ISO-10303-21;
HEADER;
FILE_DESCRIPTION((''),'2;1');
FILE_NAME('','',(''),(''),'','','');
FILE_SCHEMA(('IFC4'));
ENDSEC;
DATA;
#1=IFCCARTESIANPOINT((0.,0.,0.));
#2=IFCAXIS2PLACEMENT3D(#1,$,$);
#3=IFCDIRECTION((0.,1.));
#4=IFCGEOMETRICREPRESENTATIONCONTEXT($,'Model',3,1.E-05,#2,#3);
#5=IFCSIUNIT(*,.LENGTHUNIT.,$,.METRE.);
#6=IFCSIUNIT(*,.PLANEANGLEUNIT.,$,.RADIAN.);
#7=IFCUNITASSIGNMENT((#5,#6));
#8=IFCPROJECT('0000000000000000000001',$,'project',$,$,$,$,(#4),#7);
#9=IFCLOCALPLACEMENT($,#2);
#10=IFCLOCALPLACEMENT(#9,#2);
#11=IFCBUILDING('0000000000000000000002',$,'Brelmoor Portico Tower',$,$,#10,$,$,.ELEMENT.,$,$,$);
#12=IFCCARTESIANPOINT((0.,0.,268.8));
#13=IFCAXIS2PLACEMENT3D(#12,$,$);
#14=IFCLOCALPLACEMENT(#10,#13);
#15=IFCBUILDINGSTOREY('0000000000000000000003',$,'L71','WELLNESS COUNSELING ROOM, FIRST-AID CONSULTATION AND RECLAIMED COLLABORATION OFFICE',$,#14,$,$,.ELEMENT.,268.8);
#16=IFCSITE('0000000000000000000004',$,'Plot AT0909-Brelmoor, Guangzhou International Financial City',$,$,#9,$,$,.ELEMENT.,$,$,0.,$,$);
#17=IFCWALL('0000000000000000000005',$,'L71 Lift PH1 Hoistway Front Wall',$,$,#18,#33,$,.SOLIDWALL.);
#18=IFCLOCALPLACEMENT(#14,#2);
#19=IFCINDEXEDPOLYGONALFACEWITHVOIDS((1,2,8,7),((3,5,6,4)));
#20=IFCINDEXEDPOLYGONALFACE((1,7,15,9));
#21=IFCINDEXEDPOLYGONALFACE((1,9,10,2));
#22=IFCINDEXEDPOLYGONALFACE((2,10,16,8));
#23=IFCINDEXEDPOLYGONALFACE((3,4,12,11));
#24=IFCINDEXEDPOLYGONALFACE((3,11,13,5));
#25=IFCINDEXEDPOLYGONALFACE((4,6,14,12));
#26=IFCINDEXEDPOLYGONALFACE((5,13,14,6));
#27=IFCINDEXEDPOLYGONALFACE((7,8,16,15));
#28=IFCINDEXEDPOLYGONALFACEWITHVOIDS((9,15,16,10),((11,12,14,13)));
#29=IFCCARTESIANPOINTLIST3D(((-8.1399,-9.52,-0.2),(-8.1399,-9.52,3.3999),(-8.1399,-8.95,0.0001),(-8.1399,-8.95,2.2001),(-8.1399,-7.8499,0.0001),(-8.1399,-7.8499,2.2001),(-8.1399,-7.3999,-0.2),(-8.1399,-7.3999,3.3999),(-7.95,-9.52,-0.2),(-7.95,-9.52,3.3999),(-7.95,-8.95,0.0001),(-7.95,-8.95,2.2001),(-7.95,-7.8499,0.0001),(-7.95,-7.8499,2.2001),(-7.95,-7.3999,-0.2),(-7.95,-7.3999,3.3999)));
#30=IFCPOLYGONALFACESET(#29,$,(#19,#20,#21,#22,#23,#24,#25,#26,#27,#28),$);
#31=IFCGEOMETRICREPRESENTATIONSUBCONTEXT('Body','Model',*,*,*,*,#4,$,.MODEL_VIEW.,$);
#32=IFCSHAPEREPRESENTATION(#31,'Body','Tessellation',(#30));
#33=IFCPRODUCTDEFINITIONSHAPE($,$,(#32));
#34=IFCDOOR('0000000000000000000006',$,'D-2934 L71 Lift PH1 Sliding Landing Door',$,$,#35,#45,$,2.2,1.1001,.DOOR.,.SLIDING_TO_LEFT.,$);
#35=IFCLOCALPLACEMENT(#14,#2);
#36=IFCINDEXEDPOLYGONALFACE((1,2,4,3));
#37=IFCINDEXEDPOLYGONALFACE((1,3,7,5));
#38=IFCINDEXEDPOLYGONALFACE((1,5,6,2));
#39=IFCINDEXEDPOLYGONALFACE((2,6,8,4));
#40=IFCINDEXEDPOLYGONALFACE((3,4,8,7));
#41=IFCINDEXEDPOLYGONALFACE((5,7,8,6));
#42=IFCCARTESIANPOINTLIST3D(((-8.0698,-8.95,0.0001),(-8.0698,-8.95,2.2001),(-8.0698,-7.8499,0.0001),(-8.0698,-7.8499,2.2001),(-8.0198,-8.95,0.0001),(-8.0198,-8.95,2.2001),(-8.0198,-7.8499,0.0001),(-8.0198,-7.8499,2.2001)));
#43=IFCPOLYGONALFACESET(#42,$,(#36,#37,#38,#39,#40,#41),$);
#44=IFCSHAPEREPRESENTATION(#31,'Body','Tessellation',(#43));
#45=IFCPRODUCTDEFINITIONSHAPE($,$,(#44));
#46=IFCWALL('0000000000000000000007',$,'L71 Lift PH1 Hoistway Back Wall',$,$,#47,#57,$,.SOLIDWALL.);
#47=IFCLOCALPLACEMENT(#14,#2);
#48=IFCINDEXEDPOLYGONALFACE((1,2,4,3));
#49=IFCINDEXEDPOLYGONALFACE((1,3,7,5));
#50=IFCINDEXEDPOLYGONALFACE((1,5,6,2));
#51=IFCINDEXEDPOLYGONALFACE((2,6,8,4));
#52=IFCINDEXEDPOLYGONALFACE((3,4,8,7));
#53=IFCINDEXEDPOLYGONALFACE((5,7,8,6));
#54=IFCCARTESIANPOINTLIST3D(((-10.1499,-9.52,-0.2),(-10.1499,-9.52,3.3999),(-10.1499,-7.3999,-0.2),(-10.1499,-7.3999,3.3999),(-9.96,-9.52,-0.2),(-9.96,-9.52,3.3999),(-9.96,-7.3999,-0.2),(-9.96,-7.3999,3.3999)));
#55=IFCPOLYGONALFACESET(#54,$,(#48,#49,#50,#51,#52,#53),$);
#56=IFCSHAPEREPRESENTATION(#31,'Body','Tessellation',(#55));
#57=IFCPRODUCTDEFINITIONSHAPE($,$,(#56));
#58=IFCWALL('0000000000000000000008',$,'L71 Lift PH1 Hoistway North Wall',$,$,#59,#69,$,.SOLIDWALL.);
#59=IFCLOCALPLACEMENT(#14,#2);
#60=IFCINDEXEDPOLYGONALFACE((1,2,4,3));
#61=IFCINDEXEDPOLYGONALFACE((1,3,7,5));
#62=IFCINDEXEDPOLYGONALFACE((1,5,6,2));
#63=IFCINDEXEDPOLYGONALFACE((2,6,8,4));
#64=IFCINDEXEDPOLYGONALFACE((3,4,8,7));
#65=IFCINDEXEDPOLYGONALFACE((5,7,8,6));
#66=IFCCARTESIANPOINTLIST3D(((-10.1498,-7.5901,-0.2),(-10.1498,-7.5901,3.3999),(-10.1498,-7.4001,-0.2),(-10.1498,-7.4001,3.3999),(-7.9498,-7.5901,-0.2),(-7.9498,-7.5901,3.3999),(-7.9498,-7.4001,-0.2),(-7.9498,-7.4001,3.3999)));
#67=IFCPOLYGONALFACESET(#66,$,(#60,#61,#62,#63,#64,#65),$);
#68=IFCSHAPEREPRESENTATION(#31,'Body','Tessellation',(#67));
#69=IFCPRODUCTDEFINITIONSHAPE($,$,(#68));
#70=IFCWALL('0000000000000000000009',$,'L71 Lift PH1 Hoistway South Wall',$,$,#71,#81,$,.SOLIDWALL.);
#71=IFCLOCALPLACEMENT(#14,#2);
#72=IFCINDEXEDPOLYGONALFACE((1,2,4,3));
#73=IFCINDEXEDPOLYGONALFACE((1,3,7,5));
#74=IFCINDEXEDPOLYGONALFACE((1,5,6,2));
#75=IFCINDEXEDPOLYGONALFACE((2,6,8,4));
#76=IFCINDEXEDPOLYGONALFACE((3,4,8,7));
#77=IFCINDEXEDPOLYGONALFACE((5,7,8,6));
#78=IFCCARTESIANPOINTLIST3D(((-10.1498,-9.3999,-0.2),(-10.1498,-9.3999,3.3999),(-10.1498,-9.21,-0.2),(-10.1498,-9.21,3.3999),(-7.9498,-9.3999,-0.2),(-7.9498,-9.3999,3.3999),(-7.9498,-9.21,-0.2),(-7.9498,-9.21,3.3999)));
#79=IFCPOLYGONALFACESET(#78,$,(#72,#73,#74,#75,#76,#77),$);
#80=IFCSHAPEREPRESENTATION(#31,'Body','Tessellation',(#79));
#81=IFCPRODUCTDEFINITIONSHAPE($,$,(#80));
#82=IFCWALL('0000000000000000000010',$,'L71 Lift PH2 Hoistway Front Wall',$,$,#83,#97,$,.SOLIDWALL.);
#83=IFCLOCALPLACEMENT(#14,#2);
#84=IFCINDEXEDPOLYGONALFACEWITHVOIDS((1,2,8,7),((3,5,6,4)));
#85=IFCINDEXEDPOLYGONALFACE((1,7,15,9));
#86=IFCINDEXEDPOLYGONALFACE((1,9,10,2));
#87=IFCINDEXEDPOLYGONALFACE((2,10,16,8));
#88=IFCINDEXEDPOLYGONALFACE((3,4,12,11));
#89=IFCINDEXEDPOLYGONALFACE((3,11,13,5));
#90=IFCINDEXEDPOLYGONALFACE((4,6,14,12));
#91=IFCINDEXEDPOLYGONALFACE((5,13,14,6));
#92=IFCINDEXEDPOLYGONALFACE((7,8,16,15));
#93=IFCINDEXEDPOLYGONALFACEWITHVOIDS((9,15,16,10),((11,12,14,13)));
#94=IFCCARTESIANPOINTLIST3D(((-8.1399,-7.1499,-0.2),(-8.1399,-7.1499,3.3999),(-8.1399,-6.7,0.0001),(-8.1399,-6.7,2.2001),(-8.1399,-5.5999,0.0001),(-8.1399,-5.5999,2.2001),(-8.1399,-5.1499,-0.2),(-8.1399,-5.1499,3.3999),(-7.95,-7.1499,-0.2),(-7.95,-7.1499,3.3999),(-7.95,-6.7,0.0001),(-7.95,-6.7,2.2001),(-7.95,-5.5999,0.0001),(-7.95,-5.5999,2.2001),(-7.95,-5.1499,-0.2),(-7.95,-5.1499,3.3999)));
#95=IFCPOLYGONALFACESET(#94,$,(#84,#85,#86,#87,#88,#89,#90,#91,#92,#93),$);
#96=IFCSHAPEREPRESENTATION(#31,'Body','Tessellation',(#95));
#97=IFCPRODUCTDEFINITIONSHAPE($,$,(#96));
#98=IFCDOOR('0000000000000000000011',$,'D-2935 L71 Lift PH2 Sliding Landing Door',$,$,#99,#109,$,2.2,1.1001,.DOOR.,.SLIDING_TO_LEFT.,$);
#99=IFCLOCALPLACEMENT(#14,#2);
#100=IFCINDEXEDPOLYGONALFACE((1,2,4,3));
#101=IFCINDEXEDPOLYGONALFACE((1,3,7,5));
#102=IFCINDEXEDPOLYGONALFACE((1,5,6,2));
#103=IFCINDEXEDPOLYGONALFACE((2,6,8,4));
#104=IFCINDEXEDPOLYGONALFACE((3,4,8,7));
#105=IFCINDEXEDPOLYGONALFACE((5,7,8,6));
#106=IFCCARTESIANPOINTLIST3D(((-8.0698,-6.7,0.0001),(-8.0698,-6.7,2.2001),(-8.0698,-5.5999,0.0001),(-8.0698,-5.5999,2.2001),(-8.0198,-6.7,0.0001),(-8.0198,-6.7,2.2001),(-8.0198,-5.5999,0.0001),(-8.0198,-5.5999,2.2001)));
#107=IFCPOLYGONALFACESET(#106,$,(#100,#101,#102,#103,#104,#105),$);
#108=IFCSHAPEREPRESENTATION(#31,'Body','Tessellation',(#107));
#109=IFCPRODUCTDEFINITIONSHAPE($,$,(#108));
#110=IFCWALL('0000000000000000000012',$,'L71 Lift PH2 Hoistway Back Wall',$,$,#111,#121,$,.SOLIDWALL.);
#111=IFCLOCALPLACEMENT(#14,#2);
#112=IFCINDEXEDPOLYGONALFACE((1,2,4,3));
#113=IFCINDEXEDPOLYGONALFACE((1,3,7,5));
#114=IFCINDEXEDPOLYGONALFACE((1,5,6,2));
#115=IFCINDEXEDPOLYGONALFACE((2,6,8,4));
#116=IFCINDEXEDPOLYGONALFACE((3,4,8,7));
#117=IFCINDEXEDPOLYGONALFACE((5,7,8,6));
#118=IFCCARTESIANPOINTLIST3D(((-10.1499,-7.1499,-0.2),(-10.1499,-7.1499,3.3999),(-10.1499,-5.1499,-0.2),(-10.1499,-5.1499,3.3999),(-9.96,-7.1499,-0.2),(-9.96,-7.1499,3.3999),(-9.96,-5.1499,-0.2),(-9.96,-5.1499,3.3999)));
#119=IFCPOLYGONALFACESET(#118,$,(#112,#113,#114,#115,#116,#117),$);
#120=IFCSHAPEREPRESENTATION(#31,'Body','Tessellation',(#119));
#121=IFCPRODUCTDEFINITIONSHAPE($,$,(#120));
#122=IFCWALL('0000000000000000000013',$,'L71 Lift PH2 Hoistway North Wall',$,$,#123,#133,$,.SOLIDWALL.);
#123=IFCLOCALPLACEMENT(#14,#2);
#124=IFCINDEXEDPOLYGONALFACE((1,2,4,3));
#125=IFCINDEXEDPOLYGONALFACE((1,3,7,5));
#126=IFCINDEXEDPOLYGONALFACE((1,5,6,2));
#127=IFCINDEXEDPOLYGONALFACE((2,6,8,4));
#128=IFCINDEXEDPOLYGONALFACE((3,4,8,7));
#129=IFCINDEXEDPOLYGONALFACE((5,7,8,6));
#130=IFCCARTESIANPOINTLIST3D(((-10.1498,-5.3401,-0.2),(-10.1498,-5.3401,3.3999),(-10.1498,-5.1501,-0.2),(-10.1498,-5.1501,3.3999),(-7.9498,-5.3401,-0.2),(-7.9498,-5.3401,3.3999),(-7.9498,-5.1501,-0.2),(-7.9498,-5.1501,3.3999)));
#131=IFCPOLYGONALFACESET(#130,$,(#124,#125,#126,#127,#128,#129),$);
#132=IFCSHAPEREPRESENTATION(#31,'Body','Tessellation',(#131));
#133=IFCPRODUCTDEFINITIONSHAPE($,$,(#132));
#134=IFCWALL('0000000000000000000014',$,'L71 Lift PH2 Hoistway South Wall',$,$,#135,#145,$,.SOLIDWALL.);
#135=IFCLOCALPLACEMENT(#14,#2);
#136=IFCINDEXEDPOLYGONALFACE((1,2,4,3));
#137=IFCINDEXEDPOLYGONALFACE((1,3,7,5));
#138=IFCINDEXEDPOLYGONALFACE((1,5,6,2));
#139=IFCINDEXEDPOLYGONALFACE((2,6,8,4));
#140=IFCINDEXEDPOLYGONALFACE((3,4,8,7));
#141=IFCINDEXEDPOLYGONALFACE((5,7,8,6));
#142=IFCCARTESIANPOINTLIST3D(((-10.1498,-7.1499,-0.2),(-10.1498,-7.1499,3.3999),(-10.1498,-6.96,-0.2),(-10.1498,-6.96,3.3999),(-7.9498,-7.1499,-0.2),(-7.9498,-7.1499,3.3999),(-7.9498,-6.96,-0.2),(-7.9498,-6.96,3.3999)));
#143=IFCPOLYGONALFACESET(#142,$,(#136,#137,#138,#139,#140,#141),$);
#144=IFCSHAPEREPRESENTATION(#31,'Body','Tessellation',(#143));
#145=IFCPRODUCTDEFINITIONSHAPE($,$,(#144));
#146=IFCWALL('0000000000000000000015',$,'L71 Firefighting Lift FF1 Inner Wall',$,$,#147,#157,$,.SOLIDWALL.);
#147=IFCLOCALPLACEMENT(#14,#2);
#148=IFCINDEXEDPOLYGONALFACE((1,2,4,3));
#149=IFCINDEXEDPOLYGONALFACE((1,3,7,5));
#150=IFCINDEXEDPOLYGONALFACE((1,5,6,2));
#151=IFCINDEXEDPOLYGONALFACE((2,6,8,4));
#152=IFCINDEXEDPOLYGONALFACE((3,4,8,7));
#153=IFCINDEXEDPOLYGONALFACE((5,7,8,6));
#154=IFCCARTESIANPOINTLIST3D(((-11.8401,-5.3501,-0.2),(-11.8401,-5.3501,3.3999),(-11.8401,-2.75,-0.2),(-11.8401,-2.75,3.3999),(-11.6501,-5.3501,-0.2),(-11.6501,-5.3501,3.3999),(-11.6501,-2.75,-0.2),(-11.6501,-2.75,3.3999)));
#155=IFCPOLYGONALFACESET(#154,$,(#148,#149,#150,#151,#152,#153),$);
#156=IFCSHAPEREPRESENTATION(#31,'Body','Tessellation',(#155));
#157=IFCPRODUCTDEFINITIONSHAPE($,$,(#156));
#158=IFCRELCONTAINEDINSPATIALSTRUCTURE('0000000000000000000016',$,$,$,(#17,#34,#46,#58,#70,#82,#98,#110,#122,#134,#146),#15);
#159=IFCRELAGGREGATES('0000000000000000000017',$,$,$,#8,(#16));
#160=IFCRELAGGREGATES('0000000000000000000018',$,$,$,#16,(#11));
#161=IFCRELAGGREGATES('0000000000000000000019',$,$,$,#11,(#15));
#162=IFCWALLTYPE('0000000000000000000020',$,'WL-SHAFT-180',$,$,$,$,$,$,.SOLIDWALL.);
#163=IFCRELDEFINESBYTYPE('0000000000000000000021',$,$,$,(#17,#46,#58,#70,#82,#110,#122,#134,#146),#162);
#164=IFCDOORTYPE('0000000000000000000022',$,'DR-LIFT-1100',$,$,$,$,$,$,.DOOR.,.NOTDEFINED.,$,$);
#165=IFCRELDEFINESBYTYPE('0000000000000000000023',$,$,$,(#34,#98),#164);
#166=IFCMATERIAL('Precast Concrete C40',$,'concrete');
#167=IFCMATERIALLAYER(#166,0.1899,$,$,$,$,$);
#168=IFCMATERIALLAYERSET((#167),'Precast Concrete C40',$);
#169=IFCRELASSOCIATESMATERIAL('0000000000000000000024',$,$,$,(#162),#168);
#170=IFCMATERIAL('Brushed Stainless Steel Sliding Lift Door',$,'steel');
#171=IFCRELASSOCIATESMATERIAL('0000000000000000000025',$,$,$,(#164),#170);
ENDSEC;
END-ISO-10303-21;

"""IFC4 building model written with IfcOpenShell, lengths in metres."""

from ifc_helpers import new_model, si_unit, direction, frame, frame_2d, origin, place, context, subcontext, project, spatial, rectangle, extrude, material, layer, layer_set, type_object, element, fill, save


model = new_model("IFC4")

# Units and contexts
model_context = context("Model", 3, precision=1e-05, world=origin(), true_north=direction((0.0, 1.0)))
body_context = subcontext(model_context, "Body", "Model", "MODEL_VIEW")
ifc_project = project(units=[si_unit("LENGTHUNIT", "METRE"), si_unit("PLANEANGLEUNIT", "RADIAN")], contexts=[model_context])

# Site, building, storey
site_placement = place(None, origin())
site = spatial("IfcSite", under=ifc_project, at=site_placement, Name="Plot AT0909-Brelmoor, Guangzhou International Financial City", CompositionType="ELEMENT", RefElevation=0.0)
building_placement = place(site_placement, origin())
building = spatial("IfcBuilding", under=site, at=building_placement, Name="Brelmoor Portico Tower", CompositionType="ELEMENT")
storey_placement = place(building_placement, frame((0.0, 0.0, 268.8)))
storey = spatial("IfcBuildingStorey", under=building, at=storey_placement, Name="L71", Description="WELLNESS COUNSELING ROOM, FIRST-AID CONSULTATION AND RECLAIMED COLLABORATION OFFICE", CompositionType="ELEMENT", Elevation=268.8)

# Wall, opening, door
ifc_material_1 = material(Name="Precast Concrete C40", Category="concrete")
ifc_layer_1 = layer(ifc_material_1, 0.1899)
ifc_layer_set_1 = layer_set([ifc_layer_1], Name="Precast Concrete C40")
wall_type_1 = type_object("IfcWallType", Name="WL-SHAFT-180", PredefinedType="SOLIDWALL", material=ifc_layer_set_1)
wall_1_placement = place(storey_placement, frame((-8.0449, -9.52, -0.2), z_axis=(0.0, 0.0, 1.0), x_axis=(0.0, 1.0, 0.0)))
wall_1 = element("IfcWall", 1, at=wall_1_placement, inside=storey, type_object=wall_type_1, Name="L71 Lift PH1 Hoistway Front Wall", PredefinedType="SOLIDWALL", context=body_context, shape_type="SweptSolid", body=[
    extrude(rectangle(XDim=2.1201, YDim=0.1899, at=frame_2d((1.0601, 0.0))), origin(), (0.0, 0.0, 1.0), 3.5999),
])
opening_1_placement = place(wall_1_placement, frame((0.5701, 0.0, 0.2)))
opening_1 = element("IfcOpeningElement", 2, at=opening_1_placement, cuts=wall_1, PredefinedType="OPENING", context=body_context, shape_type="SweptSolid", body=[
    extrude(rectangle(XDim=1.1001, YDim=2.2, at=frame_2d((0.55, 1.1001))), frame((0.0, 0.105, 0.0), z_axis=(0.0, -1.0, 0.0), x_axis=(1.0, 0.0, 0.0)), (0.0, 0.0, 1.0), 0.21),
])
ifc_material_2 = material(Name="Brushed Stainless Steel Sliding Lift Door", Category="steel")
door_type_1 = type_object("IfcDoorType", Name="DR-LIFT-1100", OperationType="NOTDEFINED", PredefinedType="DOOR", material=ifc_material_2)
door_1_placement = place(opening_1_placement, origin())
door_1 = element("IfcDoor", 3, at=door_1_placement, inside=storey, type_object=door_type_1, Name="D-2934 L71 Lift PH1 Sliding Landing Door", OperationType="SLIDING_TO_LEFT", OverallHeight=2.2, OverallWidth=1.1001, PredefinedType="DOOR", context=body_context, shape_type="SweptSolid", body=[
    extrude(rectangle(XDim=1.1001, YDim=2.2, at=frame_2d((0.55, 1.1001))), frame((0.0, 0.0249, 0.0), z_axis=(0.0, -1.0, 0.0), x_axis=(1.0, 0.0, 0.0)), (0.0, 0.0, 1.0), 0.05),
])
fill(opening_1, door_1)

# Walls
wall_2_placement = place(storey_placement, frame((-10.0549, -9.52, -0.2), z_axis=(0.0, 0.0, 1.0), x_axis=(0.0, 1.0, 0.0)))
element("IfcWall", 4, at=wall_2_placement, inside=storey, type_object=wall_type_1, Name="L71 Lift PH1 Hoistway Back Wall", PredefinedType="SOLIDWALL", context=body_context, shape_type="SweptSolid", body=[
    extrude(rectangle(XDim=2.1201, YDim=0.1899, at=frame_2d((1.0601, 0.0))), origin(), (0.0, 0.0, 1.0), 3.5999),
])
for number, where, z_axis, x_axis, name in (
    (5, (-10.1499, -7.4951, -0.2), (0.0, 0.0, 1.0), (1.0, 0.0, 0.0), "L71 Lift PH1 Hoistway North Wall"),
    (6, (-10.1499, -9.3049, -0.2), (0.0, 0.0, 1.0), (1.0, 0.0, 0.0), "L71 Lift PH1 Hoistway South Wall"),
):
    element("IfcWall", number, at=place(storey_placement, frame(where, z_axis=z_axis, x_axis=x_axis)), inside=storey, type_object=wall_type_1, Name=name, PredefinedType="SOLIDWALL", context=body_context, shape_type="SweptSolid", body=[
        extrude(rectangle(XDim=2.2, YDim=0.1899, at=frame_2d((1.1001, 0.0))), origin(), (0.0, 0.0, 1.0), 3.5999),
    ])

# Wall, opening, door
wall_3_placement = place(storey_placement, frame((-8.0449, -7.1499, -0.2), z_axis=(0.0, 0.0, 1.0), x_axis=(0.0, 1.0, 0.0)))
wall_3 = element("IfcWall", 7, at=wall_3_placement, inside=storey, type_object=wall_type_1, Name="L71 Lift PH2 Hoistway Front Wall", PredefinedType="SOLIDWALL", context=body_context, shape_type="SweptSolid", body=[
    extrude(rectangle(XDim=2.0, YDim=0.1899, at=frame_2d((1.0, 0.0))), origin(), (0.0, 0.0, 1.0), 3.5999),
])
opening_2_placement = place(wall_3_placement, frame((0.45, 0.0, 0.2)))
opening_2 = element("IfcOpeningElement", 8, at=opening_2_placement, cuts=wall_3, PredefinedType="OPENING", context=body_context, shape_type="SweptSolid", body=[
    extrude(rectangle(XDim=1.1001, YDim=2.2, at=frame_2d((0.55, 1.1001))), frame((0.0, 0.105, 0.0), z_axis=(0.0, -1.0, 0.0), x_axis=(1.0, 0.0, 0.0)), (0.0, 0.0, 1.0), 0.21),
])
door_2_placement = place(opening_2_placement, origin())
door_2 = element("IfcDoor", 9, at=door_2_placement, inside=storey, type_object=door_type_1, Name="D-2935 L71 Lift PH2 Sliding Landing Door", OperationType="SLIDING_TO_LEFT", OverallHeight=2.2, OverallWidth=1.1001, PredefinedType="DOOR", context=body_context, shape_type="SweptSolid", body=[
    extrude(rectangle(XDim=1.1001, YDim=2.2, at=frame_2d((0.55, 1.1001))), frame((0.0, 0.0249, 0.0), z_axis=(0.0, -1.0, 0.0), x_axis=(1.0, 0.0, 0.0)), (0.0, 0.0, 1.0), 0.05),
])
fill(opening_2, door_2)

# Walls
wall_4_placement = place(storey_placement, frame((-10.0549, -7.1499, -0.2), z_axis=(0.0, 0.0, 1.0), x_axis=(0.0, 1.0, 0.0)))
element("IfcWall", 10, at=wall_4_placement, inside=storey, type_object=wall_type_1, Name="L71 Lift PH2 Hoistway Back Wall", PredefinedType="SOLIDWALL", context=body_context, shape_type="SweptSolid", body=[
    extrude(rectangle(XDim=2.0, YDim=0.1899, at=frame_2d((1.0, 0.0))), origin(), (0.0, 0.0, 1.0), 3.5999),
])
for number, where, z_axis, x_axis, name in (
    (11, (-10.1499, -5.2451, -0.2), (0.0, 0.0, 1.0), (1.0, 0.0, 0.0), "L71 Lift PH2 Hoistway North Wall"),
    (12, (-10.1499, -7.0549, -0.2), (0.0, 0.0, 1.0), (1.0, 0.0, 0.0), "L71 Lift PH2 Hoistway South Wall"),
):
    element("IfcWall", number, at=place(storey_placement, frame(where, z_axis=z_axis, x_axis=x_axis)), inside=storey, type_object=wall_type_1, Name=name, PredefinedType="SOLIDWALL", context=body_context, shape_type="SweptSolid", body=[
        extrude(rectangle(XDim=2.2, YDim=0.1899, at=frame_2d((1.1001, 0.0))), origin(), (0.0, 0.0, 1.0), 3.5999),
    ])
wall_5_placement = place(storey_placement, frame((-11.7451, -5.3501, -0.2), z_axis=(0.0, 0.0, 1.0), x_axis=(0.0, 1.0, 0.0)))
element("IfcWall", 13, at=wall_5_placement, inside=storey, type_object=wall_type_1, Name="L71 Firefighting Lift FF1 Inner Wall", PredefinedType="SOLIDWALL", context=body_context, shape_type="SweptSolid", body=[
    extrude(rectangle(XDim=2.6001, YDim=0.1899, at=frame_2d((1.3, 0.0))), origin(), (0.0, 0.0, 1.0), 3.5999),
])

save(model, "model.ifc")
